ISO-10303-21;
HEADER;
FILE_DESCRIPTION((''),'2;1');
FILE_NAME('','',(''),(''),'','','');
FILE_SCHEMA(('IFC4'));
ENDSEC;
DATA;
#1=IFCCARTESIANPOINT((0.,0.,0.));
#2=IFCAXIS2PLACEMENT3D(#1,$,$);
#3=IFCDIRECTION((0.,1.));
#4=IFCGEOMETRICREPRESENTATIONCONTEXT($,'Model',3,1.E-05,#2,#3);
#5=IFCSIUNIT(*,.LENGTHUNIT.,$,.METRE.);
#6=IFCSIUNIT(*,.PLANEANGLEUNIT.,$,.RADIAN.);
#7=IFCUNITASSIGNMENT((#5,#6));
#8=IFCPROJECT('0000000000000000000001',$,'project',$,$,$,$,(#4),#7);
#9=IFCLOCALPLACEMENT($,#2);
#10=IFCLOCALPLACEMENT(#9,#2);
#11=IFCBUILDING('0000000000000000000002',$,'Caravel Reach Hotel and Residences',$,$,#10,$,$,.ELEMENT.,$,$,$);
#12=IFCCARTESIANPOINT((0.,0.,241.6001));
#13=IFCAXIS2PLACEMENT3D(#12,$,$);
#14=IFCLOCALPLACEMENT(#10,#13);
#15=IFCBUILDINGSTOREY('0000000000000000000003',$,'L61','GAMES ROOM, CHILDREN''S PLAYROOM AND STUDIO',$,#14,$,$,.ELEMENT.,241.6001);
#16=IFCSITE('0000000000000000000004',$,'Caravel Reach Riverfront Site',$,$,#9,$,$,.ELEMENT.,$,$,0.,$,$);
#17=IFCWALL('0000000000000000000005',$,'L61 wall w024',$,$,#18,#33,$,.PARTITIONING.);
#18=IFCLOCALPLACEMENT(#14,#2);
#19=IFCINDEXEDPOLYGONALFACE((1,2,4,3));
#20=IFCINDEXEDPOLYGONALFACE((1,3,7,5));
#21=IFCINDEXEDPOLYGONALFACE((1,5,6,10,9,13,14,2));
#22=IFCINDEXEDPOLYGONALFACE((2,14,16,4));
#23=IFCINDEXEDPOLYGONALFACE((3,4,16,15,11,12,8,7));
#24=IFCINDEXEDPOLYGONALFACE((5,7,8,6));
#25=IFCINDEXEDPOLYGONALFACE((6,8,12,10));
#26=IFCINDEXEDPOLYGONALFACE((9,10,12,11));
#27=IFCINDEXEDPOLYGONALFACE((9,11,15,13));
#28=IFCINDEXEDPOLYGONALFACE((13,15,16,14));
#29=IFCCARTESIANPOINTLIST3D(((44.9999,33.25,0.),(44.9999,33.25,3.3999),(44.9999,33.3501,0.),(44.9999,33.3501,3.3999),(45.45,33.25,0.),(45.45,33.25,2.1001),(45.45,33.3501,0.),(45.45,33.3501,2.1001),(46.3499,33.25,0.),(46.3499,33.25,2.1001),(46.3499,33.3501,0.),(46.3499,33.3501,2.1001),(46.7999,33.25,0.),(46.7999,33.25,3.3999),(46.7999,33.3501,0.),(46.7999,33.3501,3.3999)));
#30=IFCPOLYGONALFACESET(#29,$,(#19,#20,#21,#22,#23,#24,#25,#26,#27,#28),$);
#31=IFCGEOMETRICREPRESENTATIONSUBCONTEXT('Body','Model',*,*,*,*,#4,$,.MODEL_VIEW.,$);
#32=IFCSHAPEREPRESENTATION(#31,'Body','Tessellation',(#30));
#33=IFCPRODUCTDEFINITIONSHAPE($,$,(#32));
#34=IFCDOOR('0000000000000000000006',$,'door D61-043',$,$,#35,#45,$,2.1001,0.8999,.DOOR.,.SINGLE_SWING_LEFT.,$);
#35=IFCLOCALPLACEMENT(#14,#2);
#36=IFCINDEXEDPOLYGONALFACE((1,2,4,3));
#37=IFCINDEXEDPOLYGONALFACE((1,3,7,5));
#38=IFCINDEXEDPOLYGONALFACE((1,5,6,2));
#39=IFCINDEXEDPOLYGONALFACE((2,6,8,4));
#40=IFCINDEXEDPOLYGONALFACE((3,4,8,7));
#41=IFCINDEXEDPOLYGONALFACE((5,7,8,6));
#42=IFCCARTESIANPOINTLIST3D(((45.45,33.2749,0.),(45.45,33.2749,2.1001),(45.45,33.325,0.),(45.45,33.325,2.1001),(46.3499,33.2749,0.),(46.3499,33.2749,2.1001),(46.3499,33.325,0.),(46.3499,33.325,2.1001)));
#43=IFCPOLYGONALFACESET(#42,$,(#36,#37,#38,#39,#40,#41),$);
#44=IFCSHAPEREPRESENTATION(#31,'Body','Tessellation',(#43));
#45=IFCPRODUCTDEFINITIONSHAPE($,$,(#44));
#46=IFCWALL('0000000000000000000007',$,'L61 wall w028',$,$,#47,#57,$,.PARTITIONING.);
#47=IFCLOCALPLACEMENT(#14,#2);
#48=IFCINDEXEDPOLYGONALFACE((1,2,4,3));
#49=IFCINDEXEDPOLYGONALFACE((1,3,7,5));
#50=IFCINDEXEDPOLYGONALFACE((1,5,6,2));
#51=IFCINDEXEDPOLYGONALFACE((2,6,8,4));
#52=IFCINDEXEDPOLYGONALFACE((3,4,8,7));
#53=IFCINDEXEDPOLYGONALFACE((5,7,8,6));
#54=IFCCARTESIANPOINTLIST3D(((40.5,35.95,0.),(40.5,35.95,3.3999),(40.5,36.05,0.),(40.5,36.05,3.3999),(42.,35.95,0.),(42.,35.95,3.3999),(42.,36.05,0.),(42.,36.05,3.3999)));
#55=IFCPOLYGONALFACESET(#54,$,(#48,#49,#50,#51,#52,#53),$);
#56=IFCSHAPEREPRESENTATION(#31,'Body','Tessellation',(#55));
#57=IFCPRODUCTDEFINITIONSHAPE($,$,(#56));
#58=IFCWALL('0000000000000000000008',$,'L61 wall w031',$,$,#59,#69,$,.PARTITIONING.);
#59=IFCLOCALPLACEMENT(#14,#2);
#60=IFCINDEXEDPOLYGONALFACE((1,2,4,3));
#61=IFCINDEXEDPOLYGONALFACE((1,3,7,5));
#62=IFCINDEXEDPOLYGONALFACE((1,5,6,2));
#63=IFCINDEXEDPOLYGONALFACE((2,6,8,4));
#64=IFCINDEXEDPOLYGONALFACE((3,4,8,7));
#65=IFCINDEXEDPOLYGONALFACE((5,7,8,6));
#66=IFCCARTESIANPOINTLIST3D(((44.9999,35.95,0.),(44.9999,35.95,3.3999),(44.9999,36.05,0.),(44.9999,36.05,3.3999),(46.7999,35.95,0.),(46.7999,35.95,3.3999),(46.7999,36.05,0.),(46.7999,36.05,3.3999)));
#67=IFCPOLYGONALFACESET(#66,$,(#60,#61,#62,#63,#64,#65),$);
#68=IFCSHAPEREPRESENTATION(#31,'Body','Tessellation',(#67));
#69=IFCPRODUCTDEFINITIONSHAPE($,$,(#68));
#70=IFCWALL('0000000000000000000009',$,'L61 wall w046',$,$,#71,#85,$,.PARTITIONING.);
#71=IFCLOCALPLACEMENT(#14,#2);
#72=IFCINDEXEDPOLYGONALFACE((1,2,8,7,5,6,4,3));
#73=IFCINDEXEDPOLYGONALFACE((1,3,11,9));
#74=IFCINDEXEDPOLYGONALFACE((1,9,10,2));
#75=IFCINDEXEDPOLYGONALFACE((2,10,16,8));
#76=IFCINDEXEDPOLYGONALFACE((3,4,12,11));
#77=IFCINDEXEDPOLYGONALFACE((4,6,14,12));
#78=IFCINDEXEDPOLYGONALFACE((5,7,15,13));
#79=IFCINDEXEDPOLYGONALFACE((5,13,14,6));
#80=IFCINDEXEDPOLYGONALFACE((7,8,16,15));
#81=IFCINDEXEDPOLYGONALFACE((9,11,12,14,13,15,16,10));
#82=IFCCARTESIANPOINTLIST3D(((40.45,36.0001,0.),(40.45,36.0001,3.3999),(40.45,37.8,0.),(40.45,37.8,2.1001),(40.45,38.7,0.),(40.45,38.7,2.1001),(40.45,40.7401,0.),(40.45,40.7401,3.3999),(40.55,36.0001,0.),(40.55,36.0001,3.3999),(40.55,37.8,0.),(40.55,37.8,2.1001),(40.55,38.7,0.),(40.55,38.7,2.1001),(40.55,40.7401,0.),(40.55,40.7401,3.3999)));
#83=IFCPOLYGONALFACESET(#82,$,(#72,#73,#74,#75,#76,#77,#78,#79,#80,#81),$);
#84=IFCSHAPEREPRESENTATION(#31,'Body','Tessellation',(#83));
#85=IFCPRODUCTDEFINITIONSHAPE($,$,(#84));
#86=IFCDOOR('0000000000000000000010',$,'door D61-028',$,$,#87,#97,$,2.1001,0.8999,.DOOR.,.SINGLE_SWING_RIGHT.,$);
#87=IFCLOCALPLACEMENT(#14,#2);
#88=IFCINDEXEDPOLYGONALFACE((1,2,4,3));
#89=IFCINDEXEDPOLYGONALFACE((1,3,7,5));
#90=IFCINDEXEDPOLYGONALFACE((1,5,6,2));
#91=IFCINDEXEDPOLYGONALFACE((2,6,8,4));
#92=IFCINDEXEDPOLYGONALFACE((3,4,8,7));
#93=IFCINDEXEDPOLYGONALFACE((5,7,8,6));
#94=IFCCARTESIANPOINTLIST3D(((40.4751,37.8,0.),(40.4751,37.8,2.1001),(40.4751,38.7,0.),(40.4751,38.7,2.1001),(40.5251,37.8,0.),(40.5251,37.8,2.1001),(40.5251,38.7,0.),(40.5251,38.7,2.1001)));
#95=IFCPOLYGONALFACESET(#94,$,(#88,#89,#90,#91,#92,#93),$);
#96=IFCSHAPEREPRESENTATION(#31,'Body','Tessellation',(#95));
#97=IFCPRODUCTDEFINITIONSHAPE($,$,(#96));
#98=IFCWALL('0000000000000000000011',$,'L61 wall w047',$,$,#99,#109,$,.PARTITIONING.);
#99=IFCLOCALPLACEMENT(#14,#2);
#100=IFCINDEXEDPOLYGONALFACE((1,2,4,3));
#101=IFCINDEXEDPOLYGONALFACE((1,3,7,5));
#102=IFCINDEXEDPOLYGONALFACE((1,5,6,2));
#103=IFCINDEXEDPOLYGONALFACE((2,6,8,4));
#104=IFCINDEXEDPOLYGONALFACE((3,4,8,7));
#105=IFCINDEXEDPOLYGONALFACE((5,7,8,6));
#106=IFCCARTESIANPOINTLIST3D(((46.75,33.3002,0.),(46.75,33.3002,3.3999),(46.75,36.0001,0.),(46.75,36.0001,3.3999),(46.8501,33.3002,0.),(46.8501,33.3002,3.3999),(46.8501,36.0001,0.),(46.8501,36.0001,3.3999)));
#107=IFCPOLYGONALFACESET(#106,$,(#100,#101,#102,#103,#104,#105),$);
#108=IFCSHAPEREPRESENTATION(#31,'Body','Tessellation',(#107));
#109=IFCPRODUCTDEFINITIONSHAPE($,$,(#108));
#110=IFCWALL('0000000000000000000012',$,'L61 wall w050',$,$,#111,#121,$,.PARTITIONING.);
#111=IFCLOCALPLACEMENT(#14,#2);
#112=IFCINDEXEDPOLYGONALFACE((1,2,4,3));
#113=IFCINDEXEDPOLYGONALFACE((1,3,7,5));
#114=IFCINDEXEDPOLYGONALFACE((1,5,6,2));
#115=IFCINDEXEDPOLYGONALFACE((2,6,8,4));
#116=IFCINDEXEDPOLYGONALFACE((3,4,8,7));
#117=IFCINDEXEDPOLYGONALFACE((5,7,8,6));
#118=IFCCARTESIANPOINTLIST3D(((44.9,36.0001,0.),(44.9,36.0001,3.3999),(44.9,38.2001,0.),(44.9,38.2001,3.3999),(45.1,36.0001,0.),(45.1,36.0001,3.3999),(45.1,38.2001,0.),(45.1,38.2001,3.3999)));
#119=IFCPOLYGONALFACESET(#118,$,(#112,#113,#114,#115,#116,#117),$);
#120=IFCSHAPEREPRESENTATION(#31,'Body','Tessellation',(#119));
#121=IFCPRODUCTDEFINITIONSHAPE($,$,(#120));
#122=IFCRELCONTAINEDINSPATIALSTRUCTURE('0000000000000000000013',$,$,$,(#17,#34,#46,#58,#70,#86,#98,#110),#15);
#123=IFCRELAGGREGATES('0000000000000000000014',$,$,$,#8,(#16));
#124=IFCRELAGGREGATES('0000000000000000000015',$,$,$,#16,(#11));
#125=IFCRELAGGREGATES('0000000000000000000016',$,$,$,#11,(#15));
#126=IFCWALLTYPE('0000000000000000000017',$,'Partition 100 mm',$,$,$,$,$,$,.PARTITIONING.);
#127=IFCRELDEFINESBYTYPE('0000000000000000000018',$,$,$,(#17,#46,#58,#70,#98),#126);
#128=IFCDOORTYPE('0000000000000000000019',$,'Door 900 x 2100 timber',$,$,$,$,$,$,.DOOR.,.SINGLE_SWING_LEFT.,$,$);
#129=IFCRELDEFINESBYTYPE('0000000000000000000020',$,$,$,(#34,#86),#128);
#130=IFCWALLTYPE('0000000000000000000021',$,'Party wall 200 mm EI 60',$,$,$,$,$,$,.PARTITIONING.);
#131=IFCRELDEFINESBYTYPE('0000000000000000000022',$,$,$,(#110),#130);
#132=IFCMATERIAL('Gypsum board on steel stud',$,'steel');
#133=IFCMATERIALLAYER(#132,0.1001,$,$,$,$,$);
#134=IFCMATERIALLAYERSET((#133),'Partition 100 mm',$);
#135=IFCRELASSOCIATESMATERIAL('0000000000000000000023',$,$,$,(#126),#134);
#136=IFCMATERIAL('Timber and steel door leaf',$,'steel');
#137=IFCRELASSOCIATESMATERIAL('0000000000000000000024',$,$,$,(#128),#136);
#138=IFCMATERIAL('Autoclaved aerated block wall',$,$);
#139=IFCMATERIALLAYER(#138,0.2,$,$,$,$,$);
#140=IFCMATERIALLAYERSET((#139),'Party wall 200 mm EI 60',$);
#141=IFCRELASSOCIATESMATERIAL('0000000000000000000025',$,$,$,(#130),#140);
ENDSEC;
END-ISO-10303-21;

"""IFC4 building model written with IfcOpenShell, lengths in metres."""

from ifc_helpers import new_model, si_unit, direction, frame, frame_2d, origin, place, context, subcontext, project, spatial, rectangle, extrude, material, layer, layer_set, type_object, element, fill, save


model = new_model("IFC4")

# Units and contexts
model_context = context("Model", 3, precision=1e-05, world=origin(), true_north=direction((0.0, 1.0)))
body_context = subcontext(model_context, "Body", "Model", "MODEL_VIEW")
ifc_project = project(units=[si_unit("LENGTHUNIT", "METRE"), si_unit("PLANEANGLEUNIT", "RADIAN")], contexts=[model_context])

# Site, building, storey
site_placement = place(None, origin())
site = spatial("IfcSite", under=ifc_project, at=site_placement, Name="Caravel Reach Riverfront Site", CompositionType="ELEMENT", RefElevation=0.0)
building_placement = place(site_placement, origin())
building = spatial("IfcBuilding", under=site, at=building_placement, Name="Caravel Reach Hotel and Residences", CompositionType="ELEMENT")
storey_placement = place(building_placement, frame((0.0, 0.0, 241.6001)))
storey = spatial("IfcBuildingStorey", under=building, at=storey_placement, Name="L61", Description="GAMES ROOM, CHILDREN'S PLAYROOM AND STUDIO", CompositionType="ELEMENT", Elevation=241.6001)

# Wall, opening, door
ifc_material_1 = material(Name="Gypsum board on steel stud", Category="steel")
ifc_layer_1 = layer(ifc_material_1, 0.1001)
ifc_layer_set_1 = layer_set([ifc_layer_1], Name="Partition 100 mm")
wall_type_1 = type_object("IfcWallType", Name="Partition 100 mm", PredefinedType="PARTITIONING", material=ifc_layer_set_1)
wall_1_placement = place(storey_placement, frame((45.0, 33.3, 0.0), z_axis=(0.0, 0.0, 1.0), x_axis=(1.0, 0.0, 0.0)))
wall_1 = element("IfcWall", 1, at=wall_1_placement, inside=storey, type_object=wall_type_1, Name="L61 wall w024", PredefinedType="PARTITIONING", context=body_context, shape_type="SweptSolid", body=[
    extrude(rectangle(XDim=1.8, YDim=0.1001, at=frame_2d((0.8999, 0.0))), origin(), (0.0, 0.0, 1.0), 3.3999),
])
opening_1_placement = place(wall_1_placement, frame((0.45, 0.0, 0.0)))
opening_1 = element("IfcOpeningElement", 2, at=opening_1_placement, cuts=wall_1, PredefinedType="OPENING", context=body_context, shape_type="SweptSolid", body=[
    extrude(rectangle(XDim=0.8999, YDim=2.1001, at=frame_2d((0.45, 1.05))), frame((0.0, 0.0601, 0.0), z_axis=(0.0, -1.0, 0.0), x_axis=(1.0, 0.0, 0.0)), (0.0, 0.0, 1.0), 0.1201),
])
ifc_material_2 = material(Name="Timber and steel door leaf", Category="steel")
door_type_1 = type_object("IfcDoorType", Name="Door 900 x 2100 timber", OperationType="SINGLE_SWING_LEFT", PredefinedType="DOOR", material=ifc_material_2)
door_1_placement = place(opening_1_placement, origin())
door_1 = element("IfcDoor", 3, at=door_1_placement, inside=storey, type_object=door_type_1, Name="door D61-043", OperationType="SINGLE_SWING_LEFT", OverallHeight=2.1001, OverallWidth=0.8999, PredefinedType="DOOR", context=body_context, shape_type="SweptSolid", body=[
    extrude(rectangle(XDim=0.8999, YDim=2.1001, at=frame_2d((0.45, 1.05))), frame((0.0, 0.0249, 0.0), z_axis=(0.0, -1.0, 0.0), x_axis=(1.0, 0.0, 0.0)), (0.0, 0.0, 1.0), 0.05),
])
fill(opening_1, door_1)

# Walls
wall_2_placement = place(storey_placement, frame((40.5, 36.0, 0.0), z_axis=(0.0, 0.0, 1.0), x_axis=(1.0, 0.0, 0.0)))
element("IfcWall", 4, at=wall_2_placement, inside=storey, type_object=wall_type_1, Name="L61 wall w028", PredefinedType="PARTITIONING", context=body_context, shape_type="SweptSolid", body=[
    extrude(rectangle(XDim=1.5, YDim=0.1001, at=frame_2d((0.75, 0.0))), origin(), (0.0, 0.0, 1.0), 3.3999),
])
wall_3_placement = place(storey_placement, frame((45.0, 36.0, 0.0), z_axis=(0.0, 0.0, 1.0), x_axis=(1.0, 0.0, 0.0)))
element("IfcWall", 5, at=wall_3_placement, inside=storey, type_object=wall_type_1, Name="L61 wall w031", PredefinedType="PARTITIONING", context=body_context, shape_type="SweptSolid", body=[
    extrude(rectangle(XDim=1.8, YDim=0.1001, at=frame_2d((0.8999, 0.0))), origin(), (0.0, 0.0, 1.0), 3.3999),
])

# Wall, opening, door
wall_4_placement = place(storey_placement, frame((40.5, 36.0, 0.0), z_axis=(0.0, 0.0, 1.0), x_axis=(0.0, 1.0, 0.0)))
wall_4 = element("IfcWall", 6, at=wall_4_placement, inside=storey, type_object=wall_type_1, Name="L61 wall w046", PredefinedType="PARTITIONING", context=body_context, shape_type="SweptSolid", body=[
    extrude(rectangle(XDim=4.74, YDim=0.1001, at=frame_2d((2.3701, 0.0))), origin(), (0.0, 0.0, 1.0), 3.3999),
])
opening_2_placement = place(wall_4_placement, frame((1.8, 0.0, 0.0)))
opening_2 = element("IfcOpeningElement", 7, at=opening_2_placement, cuts=wall_4, PredefinedType="OPENING", context=body_context, shape_type="SweptSolid", body=[
    extrude(rectangle(XDim=0.8999, YDim=2.1001, at=frame_2d((0.45, 1.05))), frame((0.0, 0.0601, 0.0), z_axis=(0.0, -1.0, 0.0), x_axis=(1.0, 0.0, 0.0)), (0.0, 0.0, 1.0), 0.1201),
])
door_2_placement = place(opening_2_placement, origin())
door_2 = element("IfcDoor", 8, at=door_2_placement, inside=storey, type_object=door_type_1, Name="door D61-028", OperationType="SINGLE_SWING_RIGHT", OverallHeight=2.1001, OverallWidth=0.8999, PredefinedType="DOOR", context=body_context, shape_type="SweptSolid", body=[
    extrude(rectangle(XDim=0.8999, YDim=2.1001, at=frame_2d((0.45, 1.05))), frame((0.0, 0.0249, 0.0), z_axis=(0.0, -1.0, 0.0), x_axis=(1.0, 0.0, 0.0)), (0.0, 0.0, 1.0), 0.05),
])
fill(opening_2, door_2)

# Walls
wall_5_placement = place(storey_placement, frame((46.8, 33.3, 0.0), z_axis=(0.0, 0.0, 1.0), x_axis=(0.0, 1.0, 0.0)))
element("IfcWall", 9, at=wall_5_placement, inside=storey, type_object=wall_type_1, Name="L61 wall w047", PredefinedType="PARTITIONING", context=body_context, shape_type="SweptSolid", body=[
    extrude(rectangle(XDim=2.7, YDim=0.1001, at=frame_2d((1.3501, 0.0))), origin(), (0.0, 0.0, 1.0), 3.3999),
])
ifc_material_3 = material(Name="Autoclaved aerated block wall")
ifc_layer_2 = layer(ifc_material_3, 0.2)
ifc_layer_set_2 = layer_set([ifc_layer_2], Name="Party wall 200 mm EI 60")
wall_type_2 = type_object("IfcWallType", Name="Party wall 200 mm EI 60", PredefinedType="PARTITIONING", material=ifc_layer_set_2)
wall_6_placement = place(storey_placement, frame((45.0, 36.0, 0.0), z_axis=(0.0, 0.0, 1.0), x_axis=(0.0, 1.0, 0.0)))
element("IfcWall", 10, at=wall_6_placement, inside=storey, type_object=wall_type_2, Name="L61 wall w050", PredefinedType="PARTITIONING", context=body_context, shape_type="SweptSolid", body=[
    extrude(rectangle(XDim=2.2, YDim=0.2, at=frame_2d((1.1001, 0.0))), origin(), (0.0, 0.0, 1.0), 3.3999),
])

save(model, "model.ifc")
